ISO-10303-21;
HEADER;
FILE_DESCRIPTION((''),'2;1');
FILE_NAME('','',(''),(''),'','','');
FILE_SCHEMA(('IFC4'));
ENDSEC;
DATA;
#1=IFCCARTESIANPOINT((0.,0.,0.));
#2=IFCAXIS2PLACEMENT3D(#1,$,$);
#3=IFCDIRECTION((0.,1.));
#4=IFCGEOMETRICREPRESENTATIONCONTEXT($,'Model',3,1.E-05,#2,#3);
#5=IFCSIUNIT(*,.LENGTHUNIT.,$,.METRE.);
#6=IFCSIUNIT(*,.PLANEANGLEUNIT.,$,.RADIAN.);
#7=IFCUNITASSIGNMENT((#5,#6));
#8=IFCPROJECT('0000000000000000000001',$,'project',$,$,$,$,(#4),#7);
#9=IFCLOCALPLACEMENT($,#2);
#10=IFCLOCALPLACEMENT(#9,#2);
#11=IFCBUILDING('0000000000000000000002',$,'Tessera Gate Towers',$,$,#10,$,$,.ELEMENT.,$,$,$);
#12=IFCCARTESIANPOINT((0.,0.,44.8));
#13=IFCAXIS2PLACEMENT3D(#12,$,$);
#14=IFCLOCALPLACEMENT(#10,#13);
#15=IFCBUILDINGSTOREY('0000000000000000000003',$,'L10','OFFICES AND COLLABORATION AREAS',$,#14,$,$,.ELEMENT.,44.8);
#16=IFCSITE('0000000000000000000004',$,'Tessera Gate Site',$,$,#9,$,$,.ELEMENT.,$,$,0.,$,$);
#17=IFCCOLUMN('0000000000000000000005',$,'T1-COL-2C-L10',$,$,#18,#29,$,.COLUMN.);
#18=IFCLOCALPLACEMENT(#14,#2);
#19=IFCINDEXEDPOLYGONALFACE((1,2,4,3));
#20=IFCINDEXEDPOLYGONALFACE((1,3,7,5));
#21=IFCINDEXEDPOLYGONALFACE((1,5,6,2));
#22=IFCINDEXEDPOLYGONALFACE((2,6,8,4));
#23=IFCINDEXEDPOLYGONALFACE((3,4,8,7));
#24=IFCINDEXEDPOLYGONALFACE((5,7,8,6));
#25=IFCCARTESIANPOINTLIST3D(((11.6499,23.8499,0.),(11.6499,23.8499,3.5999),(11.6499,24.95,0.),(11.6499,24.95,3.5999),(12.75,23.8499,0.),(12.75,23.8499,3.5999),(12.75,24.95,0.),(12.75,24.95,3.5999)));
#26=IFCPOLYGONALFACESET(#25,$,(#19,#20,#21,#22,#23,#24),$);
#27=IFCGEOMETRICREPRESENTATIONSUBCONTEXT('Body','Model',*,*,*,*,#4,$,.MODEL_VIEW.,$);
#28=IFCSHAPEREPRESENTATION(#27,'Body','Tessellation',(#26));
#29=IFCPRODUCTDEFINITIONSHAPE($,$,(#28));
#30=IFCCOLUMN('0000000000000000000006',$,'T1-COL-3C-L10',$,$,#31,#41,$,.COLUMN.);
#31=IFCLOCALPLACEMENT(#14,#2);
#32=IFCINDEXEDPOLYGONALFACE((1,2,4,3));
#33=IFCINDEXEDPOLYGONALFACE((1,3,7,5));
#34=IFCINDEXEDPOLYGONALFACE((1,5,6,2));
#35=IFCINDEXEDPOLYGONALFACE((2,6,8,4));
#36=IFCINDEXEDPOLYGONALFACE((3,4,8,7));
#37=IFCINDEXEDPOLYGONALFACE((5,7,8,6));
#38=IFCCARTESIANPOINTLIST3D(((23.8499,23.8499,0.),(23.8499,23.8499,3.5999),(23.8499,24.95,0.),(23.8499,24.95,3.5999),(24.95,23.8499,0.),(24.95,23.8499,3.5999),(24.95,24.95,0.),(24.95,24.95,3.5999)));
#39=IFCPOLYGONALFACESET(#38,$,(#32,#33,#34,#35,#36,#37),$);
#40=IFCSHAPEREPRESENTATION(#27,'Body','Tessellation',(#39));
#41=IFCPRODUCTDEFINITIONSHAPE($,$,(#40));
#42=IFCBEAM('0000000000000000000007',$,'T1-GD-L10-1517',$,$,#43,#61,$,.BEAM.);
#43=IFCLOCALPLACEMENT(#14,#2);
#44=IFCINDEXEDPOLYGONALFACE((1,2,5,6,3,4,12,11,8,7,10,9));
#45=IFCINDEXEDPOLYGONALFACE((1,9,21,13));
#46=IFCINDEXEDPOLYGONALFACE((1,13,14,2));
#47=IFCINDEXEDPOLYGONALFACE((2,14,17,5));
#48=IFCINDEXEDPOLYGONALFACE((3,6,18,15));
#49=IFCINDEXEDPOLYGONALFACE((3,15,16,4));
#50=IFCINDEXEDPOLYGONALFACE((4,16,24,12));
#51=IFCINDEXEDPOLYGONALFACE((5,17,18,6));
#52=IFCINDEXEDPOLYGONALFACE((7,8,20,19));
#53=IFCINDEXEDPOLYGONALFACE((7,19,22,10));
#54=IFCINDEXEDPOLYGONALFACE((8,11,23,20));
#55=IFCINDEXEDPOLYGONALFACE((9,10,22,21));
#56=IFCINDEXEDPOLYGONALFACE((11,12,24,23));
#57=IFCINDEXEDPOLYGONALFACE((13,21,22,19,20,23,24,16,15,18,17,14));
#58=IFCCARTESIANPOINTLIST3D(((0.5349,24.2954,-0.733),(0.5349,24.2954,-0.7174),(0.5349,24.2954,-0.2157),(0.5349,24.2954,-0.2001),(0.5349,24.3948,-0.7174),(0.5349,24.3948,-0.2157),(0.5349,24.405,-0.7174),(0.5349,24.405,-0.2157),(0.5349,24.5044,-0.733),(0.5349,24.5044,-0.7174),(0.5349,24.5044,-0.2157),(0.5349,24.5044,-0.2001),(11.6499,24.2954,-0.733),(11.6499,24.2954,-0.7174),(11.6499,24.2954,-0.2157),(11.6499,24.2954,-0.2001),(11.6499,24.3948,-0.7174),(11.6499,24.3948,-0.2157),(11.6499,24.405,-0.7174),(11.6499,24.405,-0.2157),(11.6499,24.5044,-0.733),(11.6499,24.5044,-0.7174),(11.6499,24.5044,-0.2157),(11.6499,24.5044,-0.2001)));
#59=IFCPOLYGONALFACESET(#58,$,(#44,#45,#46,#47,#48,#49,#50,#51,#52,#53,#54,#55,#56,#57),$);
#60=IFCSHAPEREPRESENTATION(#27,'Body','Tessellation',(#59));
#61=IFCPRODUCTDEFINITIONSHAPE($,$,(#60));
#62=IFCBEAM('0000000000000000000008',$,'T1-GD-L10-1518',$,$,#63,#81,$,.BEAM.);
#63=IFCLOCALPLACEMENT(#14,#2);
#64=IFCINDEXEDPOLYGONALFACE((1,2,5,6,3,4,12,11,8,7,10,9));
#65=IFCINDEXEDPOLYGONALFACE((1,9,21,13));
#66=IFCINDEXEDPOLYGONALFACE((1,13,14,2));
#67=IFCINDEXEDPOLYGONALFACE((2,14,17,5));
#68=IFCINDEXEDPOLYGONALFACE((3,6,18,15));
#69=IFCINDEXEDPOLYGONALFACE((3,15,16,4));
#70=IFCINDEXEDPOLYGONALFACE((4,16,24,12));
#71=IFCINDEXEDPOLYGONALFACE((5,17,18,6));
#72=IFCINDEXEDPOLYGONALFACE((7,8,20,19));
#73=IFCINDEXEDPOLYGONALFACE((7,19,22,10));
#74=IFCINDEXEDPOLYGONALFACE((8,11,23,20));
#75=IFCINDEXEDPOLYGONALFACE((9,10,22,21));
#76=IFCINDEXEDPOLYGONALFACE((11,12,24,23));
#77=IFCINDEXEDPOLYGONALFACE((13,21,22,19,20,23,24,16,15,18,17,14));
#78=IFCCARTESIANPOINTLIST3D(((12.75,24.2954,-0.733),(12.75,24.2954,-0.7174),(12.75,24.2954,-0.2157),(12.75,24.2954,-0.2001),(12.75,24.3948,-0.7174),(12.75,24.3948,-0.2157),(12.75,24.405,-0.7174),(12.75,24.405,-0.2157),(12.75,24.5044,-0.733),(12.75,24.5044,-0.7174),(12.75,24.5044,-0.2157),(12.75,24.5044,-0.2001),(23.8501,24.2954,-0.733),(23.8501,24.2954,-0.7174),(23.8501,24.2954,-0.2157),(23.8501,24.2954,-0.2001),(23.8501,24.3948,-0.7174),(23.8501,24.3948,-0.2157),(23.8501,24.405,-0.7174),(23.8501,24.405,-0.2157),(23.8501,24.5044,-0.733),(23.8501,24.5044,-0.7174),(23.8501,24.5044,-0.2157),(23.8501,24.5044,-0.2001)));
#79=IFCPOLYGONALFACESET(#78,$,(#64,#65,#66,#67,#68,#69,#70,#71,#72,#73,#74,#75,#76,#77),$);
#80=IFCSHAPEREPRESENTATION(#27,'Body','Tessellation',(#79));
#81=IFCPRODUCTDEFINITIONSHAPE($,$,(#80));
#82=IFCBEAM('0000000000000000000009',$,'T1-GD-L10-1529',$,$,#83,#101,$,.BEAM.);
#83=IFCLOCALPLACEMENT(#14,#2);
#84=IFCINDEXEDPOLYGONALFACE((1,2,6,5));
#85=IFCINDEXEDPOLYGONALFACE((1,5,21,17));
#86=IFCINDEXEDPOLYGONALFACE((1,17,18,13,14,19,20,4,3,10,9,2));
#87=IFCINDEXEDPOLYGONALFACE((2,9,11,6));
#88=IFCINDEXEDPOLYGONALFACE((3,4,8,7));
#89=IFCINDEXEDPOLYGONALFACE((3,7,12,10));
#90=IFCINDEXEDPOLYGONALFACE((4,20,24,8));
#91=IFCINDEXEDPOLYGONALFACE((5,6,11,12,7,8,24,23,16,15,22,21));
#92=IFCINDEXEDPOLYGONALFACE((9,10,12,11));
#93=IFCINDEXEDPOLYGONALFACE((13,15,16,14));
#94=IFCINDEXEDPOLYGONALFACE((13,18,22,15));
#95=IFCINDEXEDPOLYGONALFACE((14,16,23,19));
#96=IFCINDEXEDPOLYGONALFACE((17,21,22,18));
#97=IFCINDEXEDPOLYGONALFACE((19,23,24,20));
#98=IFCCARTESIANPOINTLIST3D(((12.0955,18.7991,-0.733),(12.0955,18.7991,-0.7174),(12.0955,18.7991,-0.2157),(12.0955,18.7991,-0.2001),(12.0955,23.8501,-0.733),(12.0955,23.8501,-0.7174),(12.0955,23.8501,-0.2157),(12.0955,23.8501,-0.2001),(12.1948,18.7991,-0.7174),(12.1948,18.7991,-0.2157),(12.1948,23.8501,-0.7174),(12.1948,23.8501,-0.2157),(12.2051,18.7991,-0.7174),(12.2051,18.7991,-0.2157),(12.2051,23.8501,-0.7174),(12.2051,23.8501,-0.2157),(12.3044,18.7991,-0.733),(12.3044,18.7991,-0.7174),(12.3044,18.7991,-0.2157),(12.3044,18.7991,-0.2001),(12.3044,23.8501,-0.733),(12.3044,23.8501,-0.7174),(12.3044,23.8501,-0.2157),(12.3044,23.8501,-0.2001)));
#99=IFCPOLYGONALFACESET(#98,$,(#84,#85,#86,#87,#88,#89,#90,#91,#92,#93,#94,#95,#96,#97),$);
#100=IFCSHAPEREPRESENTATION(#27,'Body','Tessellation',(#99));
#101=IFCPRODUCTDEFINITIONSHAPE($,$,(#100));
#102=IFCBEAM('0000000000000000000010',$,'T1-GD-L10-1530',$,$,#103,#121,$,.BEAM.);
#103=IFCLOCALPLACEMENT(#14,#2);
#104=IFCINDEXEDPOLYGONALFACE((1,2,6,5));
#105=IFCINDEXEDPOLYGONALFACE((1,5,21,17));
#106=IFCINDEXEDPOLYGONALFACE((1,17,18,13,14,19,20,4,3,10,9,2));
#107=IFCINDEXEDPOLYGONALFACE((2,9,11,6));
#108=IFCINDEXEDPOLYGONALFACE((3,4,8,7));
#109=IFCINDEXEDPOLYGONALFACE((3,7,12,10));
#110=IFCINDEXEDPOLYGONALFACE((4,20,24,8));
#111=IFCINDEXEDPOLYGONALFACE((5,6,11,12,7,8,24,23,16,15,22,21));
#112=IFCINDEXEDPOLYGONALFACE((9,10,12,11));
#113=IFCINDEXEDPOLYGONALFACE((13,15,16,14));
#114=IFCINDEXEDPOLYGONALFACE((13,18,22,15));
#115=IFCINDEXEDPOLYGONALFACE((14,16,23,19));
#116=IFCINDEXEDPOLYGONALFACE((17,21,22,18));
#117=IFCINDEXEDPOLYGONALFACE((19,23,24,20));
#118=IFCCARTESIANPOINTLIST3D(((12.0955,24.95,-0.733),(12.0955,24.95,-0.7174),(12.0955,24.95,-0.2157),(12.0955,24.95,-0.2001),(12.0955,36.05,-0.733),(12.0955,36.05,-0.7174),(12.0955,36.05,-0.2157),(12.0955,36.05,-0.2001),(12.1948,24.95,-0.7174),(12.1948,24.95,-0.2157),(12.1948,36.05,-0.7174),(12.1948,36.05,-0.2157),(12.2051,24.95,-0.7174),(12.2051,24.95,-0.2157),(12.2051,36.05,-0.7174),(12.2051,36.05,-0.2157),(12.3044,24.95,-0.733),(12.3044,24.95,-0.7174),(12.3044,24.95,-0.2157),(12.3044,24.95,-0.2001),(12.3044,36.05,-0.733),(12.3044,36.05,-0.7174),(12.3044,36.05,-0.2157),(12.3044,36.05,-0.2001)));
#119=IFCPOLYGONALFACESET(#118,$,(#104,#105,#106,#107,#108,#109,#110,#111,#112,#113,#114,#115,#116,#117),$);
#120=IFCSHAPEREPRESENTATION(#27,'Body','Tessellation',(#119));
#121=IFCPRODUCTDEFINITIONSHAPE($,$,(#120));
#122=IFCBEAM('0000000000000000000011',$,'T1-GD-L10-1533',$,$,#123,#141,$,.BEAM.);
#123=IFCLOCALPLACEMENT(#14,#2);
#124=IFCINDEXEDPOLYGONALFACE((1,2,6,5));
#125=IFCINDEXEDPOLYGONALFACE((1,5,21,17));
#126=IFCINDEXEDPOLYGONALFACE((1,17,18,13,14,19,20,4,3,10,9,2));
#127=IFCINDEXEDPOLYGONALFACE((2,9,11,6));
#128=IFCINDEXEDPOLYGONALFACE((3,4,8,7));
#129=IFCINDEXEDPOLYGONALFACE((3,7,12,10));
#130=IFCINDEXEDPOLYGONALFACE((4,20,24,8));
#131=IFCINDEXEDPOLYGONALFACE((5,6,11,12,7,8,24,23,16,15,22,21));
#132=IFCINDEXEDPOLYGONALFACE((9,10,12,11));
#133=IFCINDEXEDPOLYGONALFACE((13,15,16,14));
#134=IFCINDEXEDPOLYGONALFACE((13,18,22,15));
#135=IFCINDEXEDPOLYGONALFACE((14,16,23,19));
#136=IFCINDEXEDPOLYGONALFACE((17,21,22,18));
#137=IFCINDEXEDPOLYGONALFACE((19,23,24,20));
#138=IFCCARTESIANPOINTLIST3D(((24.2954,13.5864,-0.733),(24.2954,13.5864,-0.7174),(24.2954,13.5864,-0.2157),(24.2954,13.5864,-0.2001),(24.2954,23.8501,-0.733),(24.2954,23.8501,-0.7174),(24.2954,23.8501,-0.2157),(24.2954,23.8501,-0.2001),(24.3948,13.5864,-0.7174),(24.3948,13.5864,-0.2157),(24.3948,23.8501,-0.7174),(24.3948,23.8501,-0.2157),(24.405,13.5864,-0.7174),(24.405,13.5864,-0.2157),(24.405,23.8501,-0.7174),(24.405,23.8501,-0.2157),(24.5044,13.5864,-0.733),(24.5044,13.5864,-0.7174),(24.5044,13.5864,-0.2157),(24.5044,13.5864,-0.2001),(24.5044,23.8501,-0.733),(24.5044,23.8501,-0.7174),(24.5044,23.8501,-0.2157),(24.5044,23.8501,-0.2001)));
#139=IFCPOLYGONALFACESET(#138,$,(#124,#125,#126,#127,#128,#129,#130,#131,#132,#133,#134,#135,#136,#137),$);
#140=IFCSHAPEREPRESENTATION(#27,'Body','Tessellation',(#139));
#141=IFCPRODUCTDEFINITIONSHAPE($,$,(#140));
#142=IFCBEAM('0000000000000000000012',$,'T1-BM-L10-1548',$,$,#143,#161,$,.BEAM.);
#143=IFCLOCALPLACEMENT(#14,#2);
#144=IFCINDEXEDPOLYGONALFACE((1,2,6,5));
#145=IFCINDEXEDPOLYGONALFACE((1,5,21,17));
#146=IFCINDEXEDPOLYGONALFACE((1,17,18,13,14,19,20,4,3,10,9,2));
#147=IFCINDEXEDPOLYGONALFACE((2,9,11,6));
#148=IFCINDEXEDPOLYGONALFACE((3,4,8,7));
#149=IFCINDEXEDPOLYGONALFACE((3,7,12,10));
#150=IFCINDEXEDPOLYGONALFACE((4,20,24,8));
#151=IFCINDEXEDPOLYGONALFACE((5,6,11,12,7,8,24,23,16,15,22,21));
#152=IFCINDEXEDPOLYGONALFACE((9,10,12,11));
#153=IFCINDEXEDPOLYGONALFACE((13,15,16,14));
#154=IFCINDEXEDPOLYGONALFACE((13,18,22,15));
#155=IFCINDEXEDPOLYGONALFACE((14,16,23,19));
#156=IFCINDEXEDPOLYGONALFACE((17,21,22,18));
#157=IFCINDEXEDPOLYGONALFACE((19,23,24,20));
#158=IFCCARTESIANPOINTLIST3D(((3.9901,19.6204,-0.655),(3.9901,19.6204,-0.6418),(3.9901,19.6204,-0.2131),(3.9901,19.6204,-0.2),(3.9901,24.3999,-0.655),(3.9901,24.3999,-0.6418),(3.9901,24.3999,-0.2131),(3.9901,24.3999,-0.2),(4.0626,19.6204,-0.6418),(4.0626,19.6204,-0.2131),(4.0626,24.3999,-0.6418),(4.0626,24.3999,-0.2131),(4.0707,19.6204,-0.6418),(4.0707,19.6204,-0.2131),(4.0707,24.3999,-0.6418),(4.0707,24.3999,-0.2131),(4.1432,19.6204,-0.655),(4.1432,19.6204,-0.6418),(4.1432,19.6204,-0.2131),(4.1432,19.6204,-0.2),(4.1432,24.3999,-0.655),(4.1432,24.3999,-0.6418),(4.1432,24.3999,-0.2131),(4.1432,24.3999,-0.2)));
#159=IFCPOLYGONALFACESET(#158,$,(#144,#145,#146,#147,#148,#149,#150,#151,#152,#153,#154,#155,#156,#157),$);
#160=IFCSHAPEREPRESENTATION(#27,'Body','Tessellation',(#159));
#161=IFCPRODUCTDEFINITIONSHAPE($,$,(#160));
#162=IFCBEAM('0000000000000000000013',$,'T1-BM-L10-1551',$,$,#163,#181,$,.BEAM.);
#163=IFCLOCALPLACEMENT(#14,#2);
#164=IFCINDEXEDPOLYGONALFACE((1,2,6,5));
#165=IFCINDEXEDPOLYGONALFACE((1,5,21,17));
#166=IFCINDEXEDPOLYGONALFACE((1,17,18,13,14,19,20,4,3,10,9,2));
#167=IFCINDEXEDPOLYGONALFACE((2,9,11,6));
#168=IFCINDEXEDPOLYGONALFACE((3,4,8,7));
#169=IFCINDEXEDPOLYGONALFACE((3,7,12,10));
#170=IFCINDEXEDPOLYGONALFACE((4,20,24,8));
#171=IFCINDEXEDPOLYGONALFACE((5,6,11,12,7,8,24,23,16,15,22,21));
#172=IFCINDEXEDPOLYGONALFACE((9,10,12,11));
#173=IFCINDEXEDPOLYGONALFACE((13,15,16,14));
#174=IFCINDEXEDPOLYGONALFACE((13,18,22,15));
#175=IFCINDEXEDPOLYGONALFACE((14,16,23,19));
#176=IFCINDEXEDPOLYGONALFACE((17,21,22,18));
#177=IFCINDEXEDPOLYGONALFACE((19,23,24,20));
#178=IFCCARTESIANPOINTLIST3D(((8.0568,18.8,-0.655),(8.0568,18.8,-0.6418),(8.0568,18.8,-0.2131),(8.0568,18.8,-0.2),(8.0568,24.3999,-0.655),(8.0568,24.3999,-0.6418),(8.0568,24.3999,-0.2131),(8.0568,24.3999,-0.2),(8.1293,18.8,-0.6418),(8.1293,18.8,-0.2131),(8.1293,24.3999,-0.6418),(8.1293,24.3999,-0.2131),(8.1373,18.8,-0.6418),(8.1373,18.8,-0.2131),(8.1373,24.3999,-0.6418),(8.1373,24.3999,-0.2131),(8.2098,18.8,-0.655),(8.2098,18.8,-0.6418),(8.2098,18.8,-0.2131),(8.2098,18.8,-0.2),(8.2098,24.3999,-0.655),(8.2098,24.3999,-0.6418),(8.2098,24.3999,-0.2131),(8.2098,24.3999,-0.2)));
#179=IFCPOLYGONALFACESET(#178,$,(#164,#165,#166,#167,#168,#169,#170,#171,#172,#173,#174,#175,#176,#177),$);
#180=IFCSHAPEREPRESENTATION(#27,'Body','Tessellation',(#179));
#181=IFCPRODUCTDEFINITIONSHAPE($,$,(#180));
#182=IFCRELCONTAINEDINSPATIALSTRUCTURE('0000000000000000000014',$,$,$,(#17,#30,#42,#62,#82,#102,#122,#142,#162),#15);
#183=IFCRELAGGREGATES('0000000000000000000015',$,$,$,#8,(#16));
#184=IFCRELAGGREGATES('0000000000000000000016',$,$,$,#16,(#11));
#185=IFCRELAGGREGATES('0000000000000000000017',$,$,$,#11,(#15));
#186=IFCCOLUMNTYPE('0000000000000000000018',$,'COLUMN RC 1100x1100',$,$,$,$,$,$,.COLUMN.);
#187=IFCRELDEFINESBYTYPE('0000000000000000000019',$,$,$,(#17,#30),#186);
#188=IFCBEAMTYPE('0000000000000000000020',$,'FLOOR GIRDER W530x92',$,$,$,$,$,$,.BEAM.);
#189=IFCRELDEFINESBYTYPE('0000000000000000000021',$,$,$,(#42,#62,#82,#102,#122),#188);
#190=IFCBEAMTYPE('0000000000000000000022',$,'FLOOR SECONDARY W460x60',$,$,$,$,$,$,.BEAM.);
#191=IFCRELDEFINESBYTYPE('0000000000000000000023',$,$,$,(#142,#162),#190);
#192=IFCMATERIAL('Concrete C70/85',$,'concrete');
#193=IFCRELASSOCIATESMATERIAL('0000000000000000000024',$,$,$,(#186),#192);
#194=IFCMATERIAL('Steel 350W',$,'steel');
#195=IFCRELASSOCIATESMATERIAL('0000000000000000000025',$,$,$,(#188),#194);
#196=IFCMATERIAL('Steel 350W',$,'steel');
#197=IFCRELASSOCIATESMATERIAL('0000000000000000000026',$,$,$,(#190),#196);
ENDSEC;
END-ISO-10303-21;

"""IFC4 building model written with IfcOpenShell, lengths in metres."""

from ifc_helpers import new_model, si_unit, direction, frame, origin, origin_2d, place, context, subcontext, project, spatial, rectangle, i_section, extrude, material, material_profile, profile_set, type_object, element, save


model = new_model("IFC4")

# Units and contexts
model_context = context("Model", 3, precision=1e-05, world=origin(), true_north=direction((0.0, 1.0)))
body_context = subcontext(model_context, "Body", "Model", "MODEL_VIEW")
ifc_project = project(units=[si_unit("LENGTHUNIT", "METRE"), si_unit("PLANEANGLEUNIT", "RADIAN")], contexts=[model_context])

# Site, building, storey
site_placement = place(None, origin())
site = spatial("IfcSite", under=ifc_project, at=site_placement, Name="Tessera Gate Site", CompositionType="ELEMENT", RefElevation=0.0)
building_placement = place(site_placement, origin())
building = spatial("IfcBuilding", under=site, at=building_placement, Name="Tessera Gate Towers", CompositionType="ELEMENT")
storey_placement = place(building_placement, frame((0.0, 0.0, 44.8)))
storey = spatial("IfcBuildingStorey", under=building, at=storey_placement, Name="L10", Description="OFFICES AND COLLABORATION AREAS", CompositionType="ELEMENT", Elevation=44.8)

# Columns
ifc_material_1 = material(Name="Concrete C70/85", Category="concrete")
ifc_material_profile_1 = material_profile(ifc_material_1, rectangle(XDim=1.1001, YDim=1.1001, at=origin_2d()), Name="RC 1100x1100")
ifc_profile_set_1 = profile_set([ifc_material_profile_1], Name="Concrete C70/85")
column_type = type_object("IfcColumnType", Name="COLUMN RC 1100x1100", PredefinedType="COLUMN", material=ifc_profile_set_1)
for number, where, z_axis, x_axis, name in (
    (1, (12.2, 24.3999, 0.0), (0.0, 0.0, 1.0), (1.0, 0.0, 0.0), "T1-COL-2C-L10"),
    (2, (24.3999, 24.3999, 0.0), (0.0, 0.0, 1.0), (1.0, 0.0, 0.0), "T1-COL-3C-L10"),
):
    element("IfcColumn", number, at=place(storey_placement, frame(where, z_axis=z_axis, x_axis=x_axis)), inside=storey, type_object=column_type, Name=name, PredefinedType="COLUMN", context=body_context, shape_type="SweptSolid", body=[
        extrude(rectangle(XDim=1.1001, YDim=1.1001, at=origin_2d()), origin(), (0.0, 0.0, 1.0), 3.5999),
    ])

# Beams
ifc_material_2 = material(Name="Steel 350W", Category="steel")
ifc_material_profile_2 = material_profile(ifc_material_2, i_section(OverallWidth=0.209, OverallDepth=0.533, WebThickness=0.0103, FlangeThickness=0.0156, at=origin_2d()), Name="W530x92")
ifc_profile_set_2 = profile_set([ifc_material_profile_2], Name="Steel 350W")
beam_type_1 = type_object("IfcBeamType", Name="FLOOR GIRDER W530x92", PredefinedType="BEAM", material=ifc_profile_set_2)
beam_1_placement = place(storey_placement, frame((0.5349, 24.3999, -0.4666), z_axis=(1.0, 0.0, 0.0), x_axis=(0.0, 1.0, 0.0)))
element("IfcBeam", 3, at=beam_1_placement, inside=storey, type_object=beam_type_1, Name="T1-GD-L10-1517", PredefinedType="BEAM", context=body_context, shape_type="SweptSolid", body=[
    extrude(i_section(OverallWidth=0.209, OverallDepth=0.533, WebThickness=0.0103, FlangeThickness=0.0156, at=origin_2d()), origin(), (0.0, 0.0, 1.0), 11.115),
])
beam_2_placement = place(storey_placement, frame((12.75, 24.3999, -0.4666), z_axis=(1.0, 0.0, 0.0), x_axis=(0.0, 1.0, 0.0)))
element("IfcBeam", 4, at=beam_2_placement, inside=storey, type_object=beam_type_1, Name="T1-GD-L10-1518", PredefinedType="BEAM", context=body_context, shape_type="SweptSolid", body=[
    extrude(i_section(OverallWidth=0.209, OverallDepth=0.533, WebThickness=0.0103, FlangeThickness=0.0156, at=origin_2d()), origin(), (0.0, 0.0, 1.0), 11.1001),
])
beam_3_placement = place(storey_placement, frame((12.2, 18.7991, -0.4666), z_axis=(0.0, 1.0, 0.0), x_axis=(-1.0, 0.0, 0.0)))
element("IfcBeam", 5, at=beam_3_placement, inside=storey, type_object=beam_type_1, Name="T1-GD-L10-1529", PredefinedType="BEAM", context=body_context, shape_type="SweptSolid", body=[
    extrude(i_section(OverallWidth=0.209, OverallDepth=0.533, WebThickness=0.0103, FlangeThickness=0.0156, at=origin_2d()), origin(), (0.0, 0.0, 1.0), 5.051),
])
beam_4_placement = place(storey_placement, frame((12.2, 24.95, -0.4666), z_axis=(0.0, 1.0, 0.0), x_axis=(-1.0, 0.0, 0.0)))
element("IfcBeam", 6, at=beam_4_placement, inside=storey, type_object=beam_type_1, Name="T1-GD-L10-1530", PredefinedType="BEAM", context=body_context, shape_type="SweptSolid", body=[
    extrude(i_section(OverallWidth=0.209, OverallDepth=0.533, WebThickness=0.0103, FlangeThickness=0.0156, at=origin_2d()), origin(), (0.0, 0.0, 1.0), 11.1001),
])
beam_5_placement = place(storey_placement, frame((24.3999, 13.5864, -0.4666), z_axis=(0.0, 1.0, 0.0), x_axis=(-1.0, 0.0, 0.0)))
element("IfcBeam", 7, at=beam_5_placement, inside=storey, type_object=beam_type_1, Name="T1-GD-L10-1533", PredefinedType="BEAM", context=body_context, shape_type="SweptSolid", body=[
    extrude(i_section(OverallWidth=0.209, OverallDepth=0.533, WebThickness=0.0103, FlangeThickness=0.0156, at=origin_2d()), origin(), (0.0, 0.0, 1.0), 10.2637),
])
ifc_material_3 = material(Name="Steel 350W", Category="steel")
ifc_material_profile_3 = material_profile(ifc_material_3, i_section(OverallWidth=0.1531, OverallDepth=0.4551, WebThickness=0.0081, FlangeThickness=0.0132, at=origin_2d()), Name="W460x60")
ifc_profile_set_3 = profile_set([ifc_material_profile_3], Name="Steel 350W")
beam_type_2 = type_object("IfcBeamType", Name="FLOOR SECONDARY W460x60", PredefinedType="BEAM", material=ifc_profile_set_3)
beam_6_placement = place(storey_placement, frame((4.0667, 19.6204, -0.4275), z_axis=(0.0, 1.0, 0.0), x_axis=(-1.0, 0.0, 0.0)))
element("IfcBeam", 8, at=beam_6_placement, inside=storey, type_object=beam_type_2, Name="T1-BM-L10-1548", PredefinedType="BEAM", context=body_context, shape_type="SweptSolid", body=[
    extrude(i_section(OverallWidth=0.1531, OverallDepth=0.4551, WebThickness=0.0081, FlangeThickness=0.0132, at=origin_2d()), origin(), (0.0, 0.0, 1.0), 4.7795),
])
beam_7_placement = place(storey_placement, frame((8.1333, 18.8, -0.4275), z_axis=(0.0, 1.0, 0.0), x_axis=(-1.0, 0.0, 0.0)))
element("IfcBeam", 9, at=beam_7_placement, inside=storey, type_object=beam_type_2, Name="T1-BM-L10-1551", PredefinedType="BEAM", context=body_context, shape_type="SweptSolid", body=[
    extrude(i_section(OverallWidth=0.1531, OverallDepth=0.4551, WebThickness=0.0081, FlangeThickness=0.0132, at=origin_2d()), origin(), (0.0, 0.0, 1.0), 5.5999),
])

save(model, "model.ifc")
